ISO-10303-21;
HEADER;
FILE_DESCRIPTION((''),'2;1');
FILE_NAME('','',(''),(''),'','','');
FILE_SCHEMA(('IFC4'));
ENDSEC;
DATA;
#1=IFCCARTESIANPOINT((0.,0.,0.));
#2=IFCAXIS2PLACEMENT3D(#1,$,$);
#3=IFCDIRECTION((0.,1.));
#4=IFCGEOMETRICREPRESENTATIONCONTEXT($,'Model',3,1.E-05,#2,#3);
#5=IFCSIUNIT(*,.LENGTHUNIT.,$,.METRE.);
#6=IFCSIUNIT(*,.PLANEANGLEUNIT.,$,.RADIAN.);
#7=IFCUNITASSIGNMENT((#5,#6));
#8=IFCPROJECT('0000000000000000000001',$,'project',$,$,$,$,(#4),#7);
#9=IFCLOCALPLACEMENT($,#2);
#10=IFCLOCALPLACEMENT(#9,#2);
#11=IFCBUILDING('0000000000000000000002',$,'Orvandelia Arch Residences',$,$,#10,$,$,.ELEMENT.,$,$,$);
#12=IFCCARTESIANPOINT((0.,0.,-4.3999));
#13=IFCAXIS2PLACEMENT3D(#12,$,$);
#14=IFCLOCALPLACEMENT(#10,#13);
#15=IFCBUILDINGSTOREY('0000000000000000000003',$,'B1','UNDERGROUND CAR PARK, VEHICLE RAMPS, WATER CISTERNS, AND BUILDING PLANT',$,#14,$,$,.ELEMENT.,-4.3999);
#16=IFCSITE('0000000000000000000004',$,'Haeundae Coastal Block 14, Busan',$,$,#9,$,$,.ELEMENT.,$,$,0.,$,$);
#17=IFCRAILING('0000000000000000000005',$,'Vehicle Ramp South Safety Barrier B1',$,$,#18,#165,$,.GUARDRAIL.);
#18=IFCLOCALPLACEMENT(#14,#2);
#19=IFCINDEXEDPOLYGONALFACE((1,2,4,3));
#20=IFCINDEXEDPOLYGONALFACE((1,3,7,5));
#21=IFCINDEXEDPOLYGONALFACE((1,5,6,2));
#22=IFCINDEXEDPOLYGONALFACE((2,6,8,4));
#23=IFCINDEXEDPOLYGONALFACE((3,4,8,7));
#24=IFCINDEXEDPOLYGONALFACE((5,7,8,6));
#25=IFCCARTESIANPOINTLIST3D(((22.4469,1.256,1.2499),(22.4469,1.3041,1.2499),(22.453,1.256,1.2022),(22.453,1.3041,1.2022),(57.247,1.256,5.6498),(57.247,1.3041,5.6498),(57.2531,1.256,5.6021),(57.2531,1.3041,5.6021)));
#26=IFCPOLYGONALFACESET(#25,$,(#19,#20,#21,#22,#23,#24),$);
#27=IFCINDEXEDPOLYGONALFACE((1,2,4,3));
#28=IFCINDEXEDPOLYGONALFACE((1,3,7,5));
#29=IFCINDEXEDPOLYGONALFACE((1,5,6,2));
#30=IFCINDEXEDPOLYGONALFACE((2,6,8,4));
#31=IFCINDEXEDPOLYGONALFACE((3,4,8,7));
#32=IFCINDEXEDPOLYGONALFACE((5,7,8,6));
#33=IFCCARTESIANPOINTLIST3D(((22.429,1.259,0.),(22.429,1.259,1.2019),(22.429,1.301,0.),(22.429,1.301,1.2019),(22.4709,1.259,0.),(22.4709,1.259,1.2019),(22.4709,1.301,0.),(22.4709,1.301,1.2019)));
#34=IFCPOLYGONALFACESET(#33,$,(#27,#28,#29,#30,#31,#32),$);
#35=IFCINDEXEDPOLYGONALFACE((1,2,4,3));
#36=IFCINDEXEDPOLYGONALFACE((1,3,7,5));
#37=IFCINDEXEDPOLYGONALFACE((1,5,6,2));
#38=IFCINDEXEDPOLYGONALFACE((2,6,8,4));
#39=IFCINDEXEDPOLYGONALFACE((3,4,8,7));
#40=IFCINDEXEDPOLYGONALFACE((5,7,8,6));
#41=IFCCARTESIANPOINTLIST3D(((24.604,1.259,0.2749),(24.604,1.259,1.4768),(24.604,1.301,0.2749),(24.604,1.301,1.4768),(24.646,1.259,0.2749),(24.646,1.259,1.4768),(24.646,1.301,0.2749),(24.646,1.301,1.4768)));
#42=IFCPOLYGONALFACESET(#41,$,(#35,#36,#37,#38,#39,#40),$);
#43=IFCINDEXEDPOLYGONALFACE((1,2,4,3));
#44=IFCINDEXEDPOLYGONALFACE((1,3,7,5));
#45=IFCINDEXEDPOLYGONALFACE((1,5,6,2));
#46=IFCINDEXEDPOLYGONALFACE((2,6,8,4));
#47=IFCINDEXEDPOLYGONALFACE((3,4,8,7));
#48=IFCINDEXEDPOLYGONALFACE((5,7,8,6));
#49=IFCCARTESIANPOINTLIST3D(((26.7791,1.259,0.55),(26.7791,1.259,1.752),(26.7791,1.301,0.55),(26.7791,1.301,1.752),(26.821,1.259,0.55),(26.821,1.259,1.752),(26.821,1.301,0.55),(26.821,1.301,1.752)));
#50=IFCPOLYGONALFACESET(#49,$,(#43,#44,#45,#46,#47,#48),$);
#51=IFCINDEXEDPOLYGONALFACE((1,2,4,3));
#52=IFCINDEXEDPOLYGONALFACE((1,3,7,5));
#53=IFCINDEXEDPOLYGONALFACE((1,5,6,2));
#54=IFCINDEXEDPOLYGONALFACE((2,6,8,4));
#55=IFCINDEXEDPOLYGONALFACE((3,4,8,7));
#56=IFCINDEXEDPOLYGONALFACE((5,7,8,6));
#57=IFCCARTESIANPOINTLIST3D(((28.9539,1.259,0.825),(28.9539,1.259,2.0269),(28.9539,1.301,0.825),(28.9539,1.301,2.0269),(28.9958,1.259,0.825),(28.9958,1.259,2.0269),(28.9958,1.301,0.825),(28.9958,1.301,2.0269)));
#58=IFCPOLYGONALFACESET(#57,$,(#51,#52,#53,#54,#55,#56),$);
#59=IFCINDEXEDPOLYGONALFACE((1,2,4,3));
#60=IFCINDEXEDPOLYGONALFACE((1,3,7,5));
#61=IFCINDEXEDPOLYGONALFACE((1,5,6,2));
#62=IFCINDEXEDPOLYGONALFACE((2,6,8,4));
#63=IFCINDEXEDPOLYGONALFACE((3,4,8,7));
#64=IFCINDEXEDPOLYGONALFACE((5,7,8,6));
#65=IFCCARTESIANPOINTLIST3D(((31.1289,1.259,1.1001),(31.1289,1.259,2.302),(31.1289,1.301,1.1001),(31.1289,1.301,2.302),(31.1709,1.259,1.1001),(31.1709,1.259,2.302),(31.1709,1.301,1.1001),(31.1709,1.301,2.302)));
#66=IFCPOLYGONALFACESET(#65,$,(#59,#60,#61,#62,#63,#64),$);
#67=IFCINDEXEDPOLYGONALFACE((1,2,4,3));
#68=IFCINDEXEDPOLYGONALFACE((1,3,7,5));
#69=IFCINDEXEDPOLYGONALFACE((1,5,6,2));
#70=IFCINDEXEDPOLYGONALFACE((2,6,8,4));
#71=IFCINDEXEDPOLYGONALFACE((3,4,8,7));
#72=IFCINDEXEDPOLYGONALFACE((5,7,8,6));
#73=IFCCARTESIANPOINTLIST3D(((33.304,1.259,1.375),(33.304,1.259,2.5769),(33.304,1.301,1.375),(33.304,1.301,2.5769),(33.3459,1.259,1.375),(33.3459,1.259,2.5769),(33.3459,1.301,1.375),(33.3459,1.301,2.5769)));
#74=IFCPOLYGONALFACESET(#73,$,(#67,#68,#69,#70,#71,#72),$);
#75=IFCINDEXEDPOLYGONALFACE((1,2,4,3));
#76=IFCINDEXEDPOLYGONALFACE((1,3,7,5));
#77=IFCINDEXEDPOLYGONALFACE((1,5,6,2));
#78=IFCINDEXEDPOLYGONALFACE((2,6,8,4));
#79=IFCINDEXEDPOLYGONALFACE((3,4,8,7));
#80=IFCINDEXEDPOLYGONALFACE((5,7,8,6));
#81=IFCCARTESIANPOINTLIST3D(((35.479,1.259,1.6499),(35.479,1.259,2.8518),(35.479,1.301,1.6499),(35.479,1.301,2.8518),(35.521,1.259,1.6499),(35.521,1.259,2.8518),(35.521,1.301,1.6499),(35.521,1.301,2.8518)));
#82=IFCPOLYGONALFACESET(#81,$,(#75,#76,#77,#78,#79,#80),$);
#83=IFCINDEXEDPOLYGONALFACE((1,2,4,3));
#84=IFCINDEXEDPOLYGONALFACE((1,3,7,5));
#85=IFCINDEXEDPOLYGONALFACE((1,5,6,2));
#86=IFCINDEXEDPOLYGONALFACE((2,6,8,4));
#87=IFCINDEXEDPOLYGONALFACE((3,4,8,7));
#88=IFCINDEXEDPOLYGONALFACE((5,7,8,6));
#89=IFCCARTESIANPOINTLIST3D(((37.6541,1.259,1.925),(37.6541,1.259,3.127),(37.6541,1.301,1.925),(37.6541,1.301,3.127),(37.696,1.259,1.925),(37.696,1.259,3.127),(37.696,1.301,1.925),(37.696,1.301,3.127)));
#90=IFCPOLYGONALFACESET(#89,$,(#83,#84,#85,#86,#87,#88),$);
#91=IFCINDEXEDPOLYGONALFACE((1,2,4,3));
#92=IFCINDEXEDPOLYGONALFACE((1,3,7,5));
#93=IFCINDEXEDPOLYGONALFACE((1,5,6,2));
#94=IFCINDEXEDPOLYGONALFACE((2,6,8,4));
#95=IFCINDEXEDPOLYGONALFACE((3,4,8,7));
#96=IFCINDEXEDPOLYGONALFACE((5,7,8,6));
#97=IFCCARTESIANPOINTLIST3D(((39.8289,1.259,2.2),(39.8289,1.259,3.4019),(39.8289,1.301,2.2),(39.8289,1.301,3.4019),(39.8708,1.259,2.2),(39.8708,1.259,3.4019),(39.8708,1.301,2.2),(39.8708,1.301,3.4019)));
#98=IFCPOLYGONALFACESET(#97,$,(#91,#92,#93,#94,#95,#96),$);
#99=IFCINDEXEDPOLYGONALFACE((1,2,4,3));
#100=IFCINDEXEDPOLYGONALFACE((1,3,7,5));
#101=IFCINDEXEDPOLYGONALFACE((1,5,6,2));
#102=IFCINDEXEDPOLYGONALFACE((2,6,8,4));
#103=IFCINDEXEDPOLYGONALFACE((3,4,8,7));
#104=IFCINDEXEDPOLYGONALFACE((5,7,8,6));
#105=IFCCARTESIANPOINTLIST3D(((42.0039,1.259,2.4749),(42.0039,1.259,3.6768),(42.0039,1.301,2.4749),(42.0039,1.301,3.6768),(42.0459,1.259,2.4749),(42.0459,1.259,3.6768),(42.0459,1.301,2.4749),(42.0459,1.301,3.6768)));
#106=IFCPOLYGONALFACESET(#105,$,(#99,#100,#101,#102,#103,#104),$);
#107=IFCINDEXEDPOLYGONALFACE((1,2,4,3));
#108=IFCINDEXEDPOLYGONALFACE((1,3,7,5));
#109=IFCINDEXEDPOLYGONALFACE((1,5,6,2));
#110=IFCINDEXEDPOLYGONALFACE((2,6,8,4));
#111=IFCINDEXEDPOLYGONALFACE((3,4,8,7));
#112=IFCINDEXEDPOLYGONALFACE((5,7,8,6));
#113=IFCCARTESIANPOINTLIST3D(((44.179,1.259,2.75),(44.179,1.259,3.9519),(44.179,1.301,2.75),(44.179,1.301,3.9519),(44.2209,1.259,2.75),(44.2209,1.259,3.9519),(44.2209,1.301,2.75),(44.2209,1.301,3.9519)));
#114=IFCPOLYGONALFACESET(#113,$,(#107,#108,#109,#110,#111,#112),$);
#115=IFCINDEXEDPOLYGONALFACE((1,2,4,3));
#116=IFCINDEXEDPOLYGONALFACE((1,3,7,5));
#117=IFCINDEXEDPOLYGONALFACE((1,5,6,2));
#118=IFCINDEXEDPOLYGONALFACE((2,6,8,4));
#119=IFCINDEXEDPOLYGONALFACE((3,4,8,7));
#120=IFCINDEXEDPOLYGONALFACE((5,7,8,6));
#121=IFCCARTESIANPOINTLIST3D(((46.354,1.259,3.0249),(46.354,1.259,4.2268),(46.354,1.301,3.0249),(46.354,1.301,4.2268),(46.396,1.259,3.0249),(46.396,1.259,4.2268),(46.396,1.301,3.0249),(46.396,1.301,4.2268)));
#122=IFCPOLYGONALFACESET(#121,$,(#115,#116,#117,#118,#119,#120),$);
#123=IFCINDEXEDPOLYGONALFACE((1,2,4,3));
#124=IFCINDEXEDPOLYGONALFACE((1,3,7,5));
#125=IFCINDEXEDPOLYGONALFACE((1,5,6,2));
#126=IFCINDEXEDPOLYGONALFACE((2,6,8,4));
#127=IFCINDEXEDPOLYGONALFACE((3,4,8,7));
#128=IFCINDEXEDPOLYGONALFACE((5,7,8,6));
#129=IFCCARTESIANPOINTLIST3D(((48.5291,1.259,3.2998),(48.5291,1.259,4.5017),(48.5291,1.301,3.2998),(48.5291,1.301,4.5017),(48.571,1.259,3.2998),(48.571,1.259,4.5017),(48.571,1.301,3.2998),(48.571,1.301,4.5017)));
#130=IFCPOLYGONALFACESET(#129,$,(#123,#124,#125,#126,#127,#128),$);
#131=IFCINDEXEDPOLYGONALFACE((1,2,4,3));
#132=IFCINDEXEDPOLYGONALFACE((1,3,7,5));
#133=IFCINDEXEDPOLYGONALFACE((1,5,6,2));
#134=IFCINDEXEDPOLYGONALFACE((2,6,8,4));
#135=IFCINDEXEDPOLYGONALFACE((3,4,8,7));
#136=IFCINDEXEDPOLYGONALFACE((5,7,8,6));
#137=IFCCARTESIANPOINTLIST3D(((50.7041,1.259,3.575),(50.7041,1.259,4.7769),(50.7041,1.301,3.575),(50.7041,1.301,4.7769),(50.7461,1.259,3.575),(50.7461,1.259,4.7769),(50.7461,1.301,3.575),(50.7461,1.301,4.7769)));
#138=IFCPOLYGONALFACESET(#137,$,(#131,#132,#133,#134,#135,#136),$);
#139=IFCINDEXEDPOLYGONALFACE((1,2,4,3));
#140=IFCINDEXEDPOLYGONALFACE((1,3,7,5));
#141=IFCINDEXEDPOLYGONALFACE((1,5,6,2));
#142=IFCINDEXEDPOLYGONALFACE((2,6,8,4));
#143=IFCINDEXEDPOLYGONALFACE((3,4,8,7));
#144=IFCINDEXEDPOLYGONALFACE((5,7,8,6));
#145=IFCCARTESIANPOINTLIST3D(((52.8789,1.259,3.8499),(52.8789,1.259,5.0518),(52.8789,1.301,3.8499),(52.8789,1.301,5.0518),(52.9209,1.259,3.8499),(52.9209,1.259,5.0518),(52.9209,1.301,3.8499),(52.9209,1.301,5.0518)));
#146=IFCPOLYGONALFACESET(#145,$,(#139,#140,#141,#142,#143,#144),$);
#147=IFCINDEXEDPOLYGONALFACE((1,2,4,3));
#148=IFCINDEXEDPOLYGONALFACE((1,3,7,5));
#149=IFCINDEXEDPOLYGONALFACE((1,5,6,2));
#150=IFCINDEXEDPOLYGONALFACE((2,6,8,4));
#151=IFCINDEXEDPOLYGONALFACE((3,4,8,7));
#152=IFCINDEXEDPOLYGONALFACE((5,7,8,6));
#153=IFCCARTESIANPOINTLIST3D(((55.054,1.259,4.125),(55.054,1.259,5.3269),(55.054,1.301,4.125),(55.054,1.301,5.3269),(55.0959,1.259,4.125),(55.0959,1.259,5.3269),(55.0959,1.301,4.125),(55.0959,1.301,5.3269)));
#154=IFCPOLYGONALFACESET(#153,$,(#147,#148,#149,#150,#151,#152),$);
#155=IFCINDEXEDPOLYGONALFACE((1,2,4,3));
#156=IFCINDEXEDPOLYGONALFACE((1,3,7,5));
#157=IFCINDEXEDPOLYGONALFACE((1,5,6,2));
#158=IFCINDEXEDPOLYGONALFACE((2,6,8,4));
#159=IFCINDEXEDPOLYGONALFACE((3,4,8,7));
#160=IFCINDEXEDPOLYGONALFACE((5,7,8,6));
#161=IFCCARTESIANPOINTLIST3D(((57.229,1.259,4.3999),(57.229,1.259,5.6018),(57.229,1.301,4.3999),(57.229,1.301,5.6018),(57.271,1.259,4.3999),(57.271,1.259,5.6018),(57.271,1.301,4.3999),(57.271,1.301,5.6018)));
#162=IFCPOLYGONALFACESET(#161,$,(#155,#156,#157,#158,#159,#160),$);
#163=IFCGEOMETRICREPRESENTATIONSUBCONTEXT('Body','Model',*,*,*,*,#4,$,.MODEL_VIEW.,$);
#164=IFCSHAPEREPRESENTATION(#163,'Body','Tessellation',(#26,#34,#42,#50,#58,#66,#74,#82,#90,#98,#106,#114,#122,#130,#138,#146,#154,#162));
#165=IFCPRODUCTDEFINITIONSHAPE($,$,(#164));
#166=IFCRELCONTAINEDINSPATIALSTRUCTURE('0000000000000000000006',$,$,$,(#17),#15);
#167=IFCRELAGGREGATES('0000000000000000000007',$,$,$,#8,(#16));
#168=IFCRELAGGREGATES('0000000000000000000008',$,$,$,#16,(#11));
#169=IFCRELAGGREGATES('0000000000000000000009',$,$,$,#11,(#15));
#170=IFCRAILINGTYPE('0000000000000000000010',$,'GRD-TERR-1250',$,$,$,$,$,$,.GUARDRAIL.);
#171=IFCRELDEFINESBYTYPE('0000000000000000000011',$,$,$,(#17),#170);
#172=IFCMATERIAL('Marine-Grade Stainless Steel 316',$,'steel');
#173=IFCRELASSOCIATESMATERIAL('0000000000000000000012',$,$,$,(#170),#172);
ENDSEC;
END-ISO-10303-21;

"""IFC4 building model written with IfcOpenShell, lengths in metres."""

from ifc_helpers import new_model, si_unit, direction, frame, origin, origin_2d, place, context, subcontext, project, spatial, rectangle, extrude, material, type_object, element, save


model = new_model("IFC4")

# Units and contexts
model_context = context("Model", 3, precision=1e-05, world=origin(), true_north=direction((0.0, 1.0)))
body_context = subcontext(model_context, "Body", "Model", "MODEL_VIEW")
ifc_project = project(units=[si_unit("LENGTHUNIT", "METRE"), si_unit("PLANEANGLEUNIT", "RADIAN")], contexts=[model_context])

# Site, building, storey
site_placement = place(None, origin())
site = spatial("IfcSite", under=ifc_project, at=site_placement, Name="Haeundae Coastal Block 14, Busan", CompositionType="ELEMENT", RefElevation=0.0)
building_placement = place(site_placement, origin())
building = spatial("IfcBuilding", under=site, at=building_placement, Name="Orvandelia Arch Residences", CompositionType="ELEMENT")
storey_placement = place(building_placement, frame((0.0, 0.0, -4.3999)))
storey = spatial("IfcBuildingStorey", under=building, at=storey_placement, Name="B1", Description="UNDERGROUND CAR PARK, VEHICLE RAMPS, WATER CISTERNS, AND BUILDING PLANT", CompositionType="ELEMENT", Elevation=-4.3999)

# Railing
ifc_material_1 = material(Name="Marine-Grade Stainless Steel 316", Category="steel")
railing_type = type_object("IfcRailingType", Name="GRD-TERR-1250", PredefinedType="GUARDRAIL", material=ifc_material_1)
railing_1_placement = place(storey_placement, frame((22.45, 1.28, 0.0)))
element("IfcRailing", 1, at=railing_1_placement, inside=storey, type_object=railing_type, Name="Vehicle Ramp South Safety Barrier B1", PredefinedType="GUARDRAIL", context=body_context, shape_type="SweptSolid", body=[
    extrude(rectangle(XDim=0.0481, YDim=0.0481, at=origin_2d()), frame((0.0, 0.0, 1.2261), z_axis=(0.992102, 0.0, 0.125435), x_axis=(0.0, 1.0, 0.0)), (0.0, 0.0, 1.0), 35.0771),
    extrude(rectangle(XDim=0.042, YDim=0.042, at=origin_2d()), origin(), (0.0, 0.0, 1.0), 1.2019),
    extrude(rectangle(XDim=0.042, YDim=0.042, at=origin_2d()), frame((2.175, 0.0, 0.2749)), (0.0, 0.0, 1.0), 1.2019),
    extrude(rectangle(XDim=0.042, YDim=0.042, at=origin_2d()), frame((4.3501, 0.0, 0.55)), (0.0, 0.0, 1.0), 1.2019),
    extrude(rectangle(XDim=0.042, YDim=0.042, at=origin_2d()), frame((6.5249, 0.0, 0.825)), (0.0, 0.0, 1.0), 1.2019),
    extrude(rectangle(XDim=0.042, YDim=0.042, at=origin_2d()), frame((8.7, 0.0, 1.1001)), (0.0, 0.0, 1.0), 1.2019),
    extrude(rectangle(XDim=0.042, YDim=0.042, at=origin_2d()), frame((10.875, 0.0, 1.375)), (0.0, 0.0, 1.0), 1.2019),
    extrude(rectangle(XDim=0.042, YDim=0.042, at=origin_2d()), frame((13.05, 0.0, 1.6499)), (0.0, 0.0, 1.0), 1.2019),
    extrude(rectangle(XDim=0.042, YDim=0.042, at=origin_2d()), frame((15.2251, 0.0, 1.925)), (0.0, 0.0, 1.0), 1.2019),
    extrude(rectangle(XDim=0.042, YDim=0.042, at=origin_2d()), frame((17.3999, 0.0, 2.2)), (0.0, 0.0, 1.0), 1.2019),
    extrude(rectangle(XDim=0.042, YDim=0.042, at=origin_2d()), frame((19.575, 0.0, 2.4749)), (0.0, 0.0, 1.0), 1.2019),
    extrude(rectangle(XDim=0.042, YDim=0.042, at=origin_2d()), frame((21.75, 0.0, 2.75)), (0.0, 0.0, 1.0), 1.2019),
    extrude(rectangle(XDim=0.042, YDim=0.042, at=origin_2d()), frame((23.925, 0.0, 3.0249)), (0.0, 0.0, 1.0), 1.2019),
    extrude(rectangle(XDim=0.042, YDim=0.042, at=origin_2d()), frame((26.1001, 0.0, 3.2998)), (0.0, 0.0, 1.0), 1.2019),
    extrude(rectangle(XDim=0.042, YDim=0.042, at=origin_2d()), frame((28.2751, 0.0, 3.575)), (0.0, 0.0, 1.0), 1.2019),
    extrude(rectangle(XDim=0.042, YDim=0.042, at=origin_2d()), frame((30.45, 0.0, 3.8499)), (0.0, 0.0, 1.0), 1.2019),
    extrude(rectangle(XDim=0.042, YDim=0.042, at=origin_2d()), frame((32.625, 0.0, 4.125)), (0.0, 0.0, 1.0), 1.2019),
    extrude(rectangle(XDim=0.042, YDim=0.042, at=origin_2d()), frame((34.8, 0.0, 4.3999)), (0.0, 0.0, 1.0), 1.2019),
])

save(model, "model.ifc")
